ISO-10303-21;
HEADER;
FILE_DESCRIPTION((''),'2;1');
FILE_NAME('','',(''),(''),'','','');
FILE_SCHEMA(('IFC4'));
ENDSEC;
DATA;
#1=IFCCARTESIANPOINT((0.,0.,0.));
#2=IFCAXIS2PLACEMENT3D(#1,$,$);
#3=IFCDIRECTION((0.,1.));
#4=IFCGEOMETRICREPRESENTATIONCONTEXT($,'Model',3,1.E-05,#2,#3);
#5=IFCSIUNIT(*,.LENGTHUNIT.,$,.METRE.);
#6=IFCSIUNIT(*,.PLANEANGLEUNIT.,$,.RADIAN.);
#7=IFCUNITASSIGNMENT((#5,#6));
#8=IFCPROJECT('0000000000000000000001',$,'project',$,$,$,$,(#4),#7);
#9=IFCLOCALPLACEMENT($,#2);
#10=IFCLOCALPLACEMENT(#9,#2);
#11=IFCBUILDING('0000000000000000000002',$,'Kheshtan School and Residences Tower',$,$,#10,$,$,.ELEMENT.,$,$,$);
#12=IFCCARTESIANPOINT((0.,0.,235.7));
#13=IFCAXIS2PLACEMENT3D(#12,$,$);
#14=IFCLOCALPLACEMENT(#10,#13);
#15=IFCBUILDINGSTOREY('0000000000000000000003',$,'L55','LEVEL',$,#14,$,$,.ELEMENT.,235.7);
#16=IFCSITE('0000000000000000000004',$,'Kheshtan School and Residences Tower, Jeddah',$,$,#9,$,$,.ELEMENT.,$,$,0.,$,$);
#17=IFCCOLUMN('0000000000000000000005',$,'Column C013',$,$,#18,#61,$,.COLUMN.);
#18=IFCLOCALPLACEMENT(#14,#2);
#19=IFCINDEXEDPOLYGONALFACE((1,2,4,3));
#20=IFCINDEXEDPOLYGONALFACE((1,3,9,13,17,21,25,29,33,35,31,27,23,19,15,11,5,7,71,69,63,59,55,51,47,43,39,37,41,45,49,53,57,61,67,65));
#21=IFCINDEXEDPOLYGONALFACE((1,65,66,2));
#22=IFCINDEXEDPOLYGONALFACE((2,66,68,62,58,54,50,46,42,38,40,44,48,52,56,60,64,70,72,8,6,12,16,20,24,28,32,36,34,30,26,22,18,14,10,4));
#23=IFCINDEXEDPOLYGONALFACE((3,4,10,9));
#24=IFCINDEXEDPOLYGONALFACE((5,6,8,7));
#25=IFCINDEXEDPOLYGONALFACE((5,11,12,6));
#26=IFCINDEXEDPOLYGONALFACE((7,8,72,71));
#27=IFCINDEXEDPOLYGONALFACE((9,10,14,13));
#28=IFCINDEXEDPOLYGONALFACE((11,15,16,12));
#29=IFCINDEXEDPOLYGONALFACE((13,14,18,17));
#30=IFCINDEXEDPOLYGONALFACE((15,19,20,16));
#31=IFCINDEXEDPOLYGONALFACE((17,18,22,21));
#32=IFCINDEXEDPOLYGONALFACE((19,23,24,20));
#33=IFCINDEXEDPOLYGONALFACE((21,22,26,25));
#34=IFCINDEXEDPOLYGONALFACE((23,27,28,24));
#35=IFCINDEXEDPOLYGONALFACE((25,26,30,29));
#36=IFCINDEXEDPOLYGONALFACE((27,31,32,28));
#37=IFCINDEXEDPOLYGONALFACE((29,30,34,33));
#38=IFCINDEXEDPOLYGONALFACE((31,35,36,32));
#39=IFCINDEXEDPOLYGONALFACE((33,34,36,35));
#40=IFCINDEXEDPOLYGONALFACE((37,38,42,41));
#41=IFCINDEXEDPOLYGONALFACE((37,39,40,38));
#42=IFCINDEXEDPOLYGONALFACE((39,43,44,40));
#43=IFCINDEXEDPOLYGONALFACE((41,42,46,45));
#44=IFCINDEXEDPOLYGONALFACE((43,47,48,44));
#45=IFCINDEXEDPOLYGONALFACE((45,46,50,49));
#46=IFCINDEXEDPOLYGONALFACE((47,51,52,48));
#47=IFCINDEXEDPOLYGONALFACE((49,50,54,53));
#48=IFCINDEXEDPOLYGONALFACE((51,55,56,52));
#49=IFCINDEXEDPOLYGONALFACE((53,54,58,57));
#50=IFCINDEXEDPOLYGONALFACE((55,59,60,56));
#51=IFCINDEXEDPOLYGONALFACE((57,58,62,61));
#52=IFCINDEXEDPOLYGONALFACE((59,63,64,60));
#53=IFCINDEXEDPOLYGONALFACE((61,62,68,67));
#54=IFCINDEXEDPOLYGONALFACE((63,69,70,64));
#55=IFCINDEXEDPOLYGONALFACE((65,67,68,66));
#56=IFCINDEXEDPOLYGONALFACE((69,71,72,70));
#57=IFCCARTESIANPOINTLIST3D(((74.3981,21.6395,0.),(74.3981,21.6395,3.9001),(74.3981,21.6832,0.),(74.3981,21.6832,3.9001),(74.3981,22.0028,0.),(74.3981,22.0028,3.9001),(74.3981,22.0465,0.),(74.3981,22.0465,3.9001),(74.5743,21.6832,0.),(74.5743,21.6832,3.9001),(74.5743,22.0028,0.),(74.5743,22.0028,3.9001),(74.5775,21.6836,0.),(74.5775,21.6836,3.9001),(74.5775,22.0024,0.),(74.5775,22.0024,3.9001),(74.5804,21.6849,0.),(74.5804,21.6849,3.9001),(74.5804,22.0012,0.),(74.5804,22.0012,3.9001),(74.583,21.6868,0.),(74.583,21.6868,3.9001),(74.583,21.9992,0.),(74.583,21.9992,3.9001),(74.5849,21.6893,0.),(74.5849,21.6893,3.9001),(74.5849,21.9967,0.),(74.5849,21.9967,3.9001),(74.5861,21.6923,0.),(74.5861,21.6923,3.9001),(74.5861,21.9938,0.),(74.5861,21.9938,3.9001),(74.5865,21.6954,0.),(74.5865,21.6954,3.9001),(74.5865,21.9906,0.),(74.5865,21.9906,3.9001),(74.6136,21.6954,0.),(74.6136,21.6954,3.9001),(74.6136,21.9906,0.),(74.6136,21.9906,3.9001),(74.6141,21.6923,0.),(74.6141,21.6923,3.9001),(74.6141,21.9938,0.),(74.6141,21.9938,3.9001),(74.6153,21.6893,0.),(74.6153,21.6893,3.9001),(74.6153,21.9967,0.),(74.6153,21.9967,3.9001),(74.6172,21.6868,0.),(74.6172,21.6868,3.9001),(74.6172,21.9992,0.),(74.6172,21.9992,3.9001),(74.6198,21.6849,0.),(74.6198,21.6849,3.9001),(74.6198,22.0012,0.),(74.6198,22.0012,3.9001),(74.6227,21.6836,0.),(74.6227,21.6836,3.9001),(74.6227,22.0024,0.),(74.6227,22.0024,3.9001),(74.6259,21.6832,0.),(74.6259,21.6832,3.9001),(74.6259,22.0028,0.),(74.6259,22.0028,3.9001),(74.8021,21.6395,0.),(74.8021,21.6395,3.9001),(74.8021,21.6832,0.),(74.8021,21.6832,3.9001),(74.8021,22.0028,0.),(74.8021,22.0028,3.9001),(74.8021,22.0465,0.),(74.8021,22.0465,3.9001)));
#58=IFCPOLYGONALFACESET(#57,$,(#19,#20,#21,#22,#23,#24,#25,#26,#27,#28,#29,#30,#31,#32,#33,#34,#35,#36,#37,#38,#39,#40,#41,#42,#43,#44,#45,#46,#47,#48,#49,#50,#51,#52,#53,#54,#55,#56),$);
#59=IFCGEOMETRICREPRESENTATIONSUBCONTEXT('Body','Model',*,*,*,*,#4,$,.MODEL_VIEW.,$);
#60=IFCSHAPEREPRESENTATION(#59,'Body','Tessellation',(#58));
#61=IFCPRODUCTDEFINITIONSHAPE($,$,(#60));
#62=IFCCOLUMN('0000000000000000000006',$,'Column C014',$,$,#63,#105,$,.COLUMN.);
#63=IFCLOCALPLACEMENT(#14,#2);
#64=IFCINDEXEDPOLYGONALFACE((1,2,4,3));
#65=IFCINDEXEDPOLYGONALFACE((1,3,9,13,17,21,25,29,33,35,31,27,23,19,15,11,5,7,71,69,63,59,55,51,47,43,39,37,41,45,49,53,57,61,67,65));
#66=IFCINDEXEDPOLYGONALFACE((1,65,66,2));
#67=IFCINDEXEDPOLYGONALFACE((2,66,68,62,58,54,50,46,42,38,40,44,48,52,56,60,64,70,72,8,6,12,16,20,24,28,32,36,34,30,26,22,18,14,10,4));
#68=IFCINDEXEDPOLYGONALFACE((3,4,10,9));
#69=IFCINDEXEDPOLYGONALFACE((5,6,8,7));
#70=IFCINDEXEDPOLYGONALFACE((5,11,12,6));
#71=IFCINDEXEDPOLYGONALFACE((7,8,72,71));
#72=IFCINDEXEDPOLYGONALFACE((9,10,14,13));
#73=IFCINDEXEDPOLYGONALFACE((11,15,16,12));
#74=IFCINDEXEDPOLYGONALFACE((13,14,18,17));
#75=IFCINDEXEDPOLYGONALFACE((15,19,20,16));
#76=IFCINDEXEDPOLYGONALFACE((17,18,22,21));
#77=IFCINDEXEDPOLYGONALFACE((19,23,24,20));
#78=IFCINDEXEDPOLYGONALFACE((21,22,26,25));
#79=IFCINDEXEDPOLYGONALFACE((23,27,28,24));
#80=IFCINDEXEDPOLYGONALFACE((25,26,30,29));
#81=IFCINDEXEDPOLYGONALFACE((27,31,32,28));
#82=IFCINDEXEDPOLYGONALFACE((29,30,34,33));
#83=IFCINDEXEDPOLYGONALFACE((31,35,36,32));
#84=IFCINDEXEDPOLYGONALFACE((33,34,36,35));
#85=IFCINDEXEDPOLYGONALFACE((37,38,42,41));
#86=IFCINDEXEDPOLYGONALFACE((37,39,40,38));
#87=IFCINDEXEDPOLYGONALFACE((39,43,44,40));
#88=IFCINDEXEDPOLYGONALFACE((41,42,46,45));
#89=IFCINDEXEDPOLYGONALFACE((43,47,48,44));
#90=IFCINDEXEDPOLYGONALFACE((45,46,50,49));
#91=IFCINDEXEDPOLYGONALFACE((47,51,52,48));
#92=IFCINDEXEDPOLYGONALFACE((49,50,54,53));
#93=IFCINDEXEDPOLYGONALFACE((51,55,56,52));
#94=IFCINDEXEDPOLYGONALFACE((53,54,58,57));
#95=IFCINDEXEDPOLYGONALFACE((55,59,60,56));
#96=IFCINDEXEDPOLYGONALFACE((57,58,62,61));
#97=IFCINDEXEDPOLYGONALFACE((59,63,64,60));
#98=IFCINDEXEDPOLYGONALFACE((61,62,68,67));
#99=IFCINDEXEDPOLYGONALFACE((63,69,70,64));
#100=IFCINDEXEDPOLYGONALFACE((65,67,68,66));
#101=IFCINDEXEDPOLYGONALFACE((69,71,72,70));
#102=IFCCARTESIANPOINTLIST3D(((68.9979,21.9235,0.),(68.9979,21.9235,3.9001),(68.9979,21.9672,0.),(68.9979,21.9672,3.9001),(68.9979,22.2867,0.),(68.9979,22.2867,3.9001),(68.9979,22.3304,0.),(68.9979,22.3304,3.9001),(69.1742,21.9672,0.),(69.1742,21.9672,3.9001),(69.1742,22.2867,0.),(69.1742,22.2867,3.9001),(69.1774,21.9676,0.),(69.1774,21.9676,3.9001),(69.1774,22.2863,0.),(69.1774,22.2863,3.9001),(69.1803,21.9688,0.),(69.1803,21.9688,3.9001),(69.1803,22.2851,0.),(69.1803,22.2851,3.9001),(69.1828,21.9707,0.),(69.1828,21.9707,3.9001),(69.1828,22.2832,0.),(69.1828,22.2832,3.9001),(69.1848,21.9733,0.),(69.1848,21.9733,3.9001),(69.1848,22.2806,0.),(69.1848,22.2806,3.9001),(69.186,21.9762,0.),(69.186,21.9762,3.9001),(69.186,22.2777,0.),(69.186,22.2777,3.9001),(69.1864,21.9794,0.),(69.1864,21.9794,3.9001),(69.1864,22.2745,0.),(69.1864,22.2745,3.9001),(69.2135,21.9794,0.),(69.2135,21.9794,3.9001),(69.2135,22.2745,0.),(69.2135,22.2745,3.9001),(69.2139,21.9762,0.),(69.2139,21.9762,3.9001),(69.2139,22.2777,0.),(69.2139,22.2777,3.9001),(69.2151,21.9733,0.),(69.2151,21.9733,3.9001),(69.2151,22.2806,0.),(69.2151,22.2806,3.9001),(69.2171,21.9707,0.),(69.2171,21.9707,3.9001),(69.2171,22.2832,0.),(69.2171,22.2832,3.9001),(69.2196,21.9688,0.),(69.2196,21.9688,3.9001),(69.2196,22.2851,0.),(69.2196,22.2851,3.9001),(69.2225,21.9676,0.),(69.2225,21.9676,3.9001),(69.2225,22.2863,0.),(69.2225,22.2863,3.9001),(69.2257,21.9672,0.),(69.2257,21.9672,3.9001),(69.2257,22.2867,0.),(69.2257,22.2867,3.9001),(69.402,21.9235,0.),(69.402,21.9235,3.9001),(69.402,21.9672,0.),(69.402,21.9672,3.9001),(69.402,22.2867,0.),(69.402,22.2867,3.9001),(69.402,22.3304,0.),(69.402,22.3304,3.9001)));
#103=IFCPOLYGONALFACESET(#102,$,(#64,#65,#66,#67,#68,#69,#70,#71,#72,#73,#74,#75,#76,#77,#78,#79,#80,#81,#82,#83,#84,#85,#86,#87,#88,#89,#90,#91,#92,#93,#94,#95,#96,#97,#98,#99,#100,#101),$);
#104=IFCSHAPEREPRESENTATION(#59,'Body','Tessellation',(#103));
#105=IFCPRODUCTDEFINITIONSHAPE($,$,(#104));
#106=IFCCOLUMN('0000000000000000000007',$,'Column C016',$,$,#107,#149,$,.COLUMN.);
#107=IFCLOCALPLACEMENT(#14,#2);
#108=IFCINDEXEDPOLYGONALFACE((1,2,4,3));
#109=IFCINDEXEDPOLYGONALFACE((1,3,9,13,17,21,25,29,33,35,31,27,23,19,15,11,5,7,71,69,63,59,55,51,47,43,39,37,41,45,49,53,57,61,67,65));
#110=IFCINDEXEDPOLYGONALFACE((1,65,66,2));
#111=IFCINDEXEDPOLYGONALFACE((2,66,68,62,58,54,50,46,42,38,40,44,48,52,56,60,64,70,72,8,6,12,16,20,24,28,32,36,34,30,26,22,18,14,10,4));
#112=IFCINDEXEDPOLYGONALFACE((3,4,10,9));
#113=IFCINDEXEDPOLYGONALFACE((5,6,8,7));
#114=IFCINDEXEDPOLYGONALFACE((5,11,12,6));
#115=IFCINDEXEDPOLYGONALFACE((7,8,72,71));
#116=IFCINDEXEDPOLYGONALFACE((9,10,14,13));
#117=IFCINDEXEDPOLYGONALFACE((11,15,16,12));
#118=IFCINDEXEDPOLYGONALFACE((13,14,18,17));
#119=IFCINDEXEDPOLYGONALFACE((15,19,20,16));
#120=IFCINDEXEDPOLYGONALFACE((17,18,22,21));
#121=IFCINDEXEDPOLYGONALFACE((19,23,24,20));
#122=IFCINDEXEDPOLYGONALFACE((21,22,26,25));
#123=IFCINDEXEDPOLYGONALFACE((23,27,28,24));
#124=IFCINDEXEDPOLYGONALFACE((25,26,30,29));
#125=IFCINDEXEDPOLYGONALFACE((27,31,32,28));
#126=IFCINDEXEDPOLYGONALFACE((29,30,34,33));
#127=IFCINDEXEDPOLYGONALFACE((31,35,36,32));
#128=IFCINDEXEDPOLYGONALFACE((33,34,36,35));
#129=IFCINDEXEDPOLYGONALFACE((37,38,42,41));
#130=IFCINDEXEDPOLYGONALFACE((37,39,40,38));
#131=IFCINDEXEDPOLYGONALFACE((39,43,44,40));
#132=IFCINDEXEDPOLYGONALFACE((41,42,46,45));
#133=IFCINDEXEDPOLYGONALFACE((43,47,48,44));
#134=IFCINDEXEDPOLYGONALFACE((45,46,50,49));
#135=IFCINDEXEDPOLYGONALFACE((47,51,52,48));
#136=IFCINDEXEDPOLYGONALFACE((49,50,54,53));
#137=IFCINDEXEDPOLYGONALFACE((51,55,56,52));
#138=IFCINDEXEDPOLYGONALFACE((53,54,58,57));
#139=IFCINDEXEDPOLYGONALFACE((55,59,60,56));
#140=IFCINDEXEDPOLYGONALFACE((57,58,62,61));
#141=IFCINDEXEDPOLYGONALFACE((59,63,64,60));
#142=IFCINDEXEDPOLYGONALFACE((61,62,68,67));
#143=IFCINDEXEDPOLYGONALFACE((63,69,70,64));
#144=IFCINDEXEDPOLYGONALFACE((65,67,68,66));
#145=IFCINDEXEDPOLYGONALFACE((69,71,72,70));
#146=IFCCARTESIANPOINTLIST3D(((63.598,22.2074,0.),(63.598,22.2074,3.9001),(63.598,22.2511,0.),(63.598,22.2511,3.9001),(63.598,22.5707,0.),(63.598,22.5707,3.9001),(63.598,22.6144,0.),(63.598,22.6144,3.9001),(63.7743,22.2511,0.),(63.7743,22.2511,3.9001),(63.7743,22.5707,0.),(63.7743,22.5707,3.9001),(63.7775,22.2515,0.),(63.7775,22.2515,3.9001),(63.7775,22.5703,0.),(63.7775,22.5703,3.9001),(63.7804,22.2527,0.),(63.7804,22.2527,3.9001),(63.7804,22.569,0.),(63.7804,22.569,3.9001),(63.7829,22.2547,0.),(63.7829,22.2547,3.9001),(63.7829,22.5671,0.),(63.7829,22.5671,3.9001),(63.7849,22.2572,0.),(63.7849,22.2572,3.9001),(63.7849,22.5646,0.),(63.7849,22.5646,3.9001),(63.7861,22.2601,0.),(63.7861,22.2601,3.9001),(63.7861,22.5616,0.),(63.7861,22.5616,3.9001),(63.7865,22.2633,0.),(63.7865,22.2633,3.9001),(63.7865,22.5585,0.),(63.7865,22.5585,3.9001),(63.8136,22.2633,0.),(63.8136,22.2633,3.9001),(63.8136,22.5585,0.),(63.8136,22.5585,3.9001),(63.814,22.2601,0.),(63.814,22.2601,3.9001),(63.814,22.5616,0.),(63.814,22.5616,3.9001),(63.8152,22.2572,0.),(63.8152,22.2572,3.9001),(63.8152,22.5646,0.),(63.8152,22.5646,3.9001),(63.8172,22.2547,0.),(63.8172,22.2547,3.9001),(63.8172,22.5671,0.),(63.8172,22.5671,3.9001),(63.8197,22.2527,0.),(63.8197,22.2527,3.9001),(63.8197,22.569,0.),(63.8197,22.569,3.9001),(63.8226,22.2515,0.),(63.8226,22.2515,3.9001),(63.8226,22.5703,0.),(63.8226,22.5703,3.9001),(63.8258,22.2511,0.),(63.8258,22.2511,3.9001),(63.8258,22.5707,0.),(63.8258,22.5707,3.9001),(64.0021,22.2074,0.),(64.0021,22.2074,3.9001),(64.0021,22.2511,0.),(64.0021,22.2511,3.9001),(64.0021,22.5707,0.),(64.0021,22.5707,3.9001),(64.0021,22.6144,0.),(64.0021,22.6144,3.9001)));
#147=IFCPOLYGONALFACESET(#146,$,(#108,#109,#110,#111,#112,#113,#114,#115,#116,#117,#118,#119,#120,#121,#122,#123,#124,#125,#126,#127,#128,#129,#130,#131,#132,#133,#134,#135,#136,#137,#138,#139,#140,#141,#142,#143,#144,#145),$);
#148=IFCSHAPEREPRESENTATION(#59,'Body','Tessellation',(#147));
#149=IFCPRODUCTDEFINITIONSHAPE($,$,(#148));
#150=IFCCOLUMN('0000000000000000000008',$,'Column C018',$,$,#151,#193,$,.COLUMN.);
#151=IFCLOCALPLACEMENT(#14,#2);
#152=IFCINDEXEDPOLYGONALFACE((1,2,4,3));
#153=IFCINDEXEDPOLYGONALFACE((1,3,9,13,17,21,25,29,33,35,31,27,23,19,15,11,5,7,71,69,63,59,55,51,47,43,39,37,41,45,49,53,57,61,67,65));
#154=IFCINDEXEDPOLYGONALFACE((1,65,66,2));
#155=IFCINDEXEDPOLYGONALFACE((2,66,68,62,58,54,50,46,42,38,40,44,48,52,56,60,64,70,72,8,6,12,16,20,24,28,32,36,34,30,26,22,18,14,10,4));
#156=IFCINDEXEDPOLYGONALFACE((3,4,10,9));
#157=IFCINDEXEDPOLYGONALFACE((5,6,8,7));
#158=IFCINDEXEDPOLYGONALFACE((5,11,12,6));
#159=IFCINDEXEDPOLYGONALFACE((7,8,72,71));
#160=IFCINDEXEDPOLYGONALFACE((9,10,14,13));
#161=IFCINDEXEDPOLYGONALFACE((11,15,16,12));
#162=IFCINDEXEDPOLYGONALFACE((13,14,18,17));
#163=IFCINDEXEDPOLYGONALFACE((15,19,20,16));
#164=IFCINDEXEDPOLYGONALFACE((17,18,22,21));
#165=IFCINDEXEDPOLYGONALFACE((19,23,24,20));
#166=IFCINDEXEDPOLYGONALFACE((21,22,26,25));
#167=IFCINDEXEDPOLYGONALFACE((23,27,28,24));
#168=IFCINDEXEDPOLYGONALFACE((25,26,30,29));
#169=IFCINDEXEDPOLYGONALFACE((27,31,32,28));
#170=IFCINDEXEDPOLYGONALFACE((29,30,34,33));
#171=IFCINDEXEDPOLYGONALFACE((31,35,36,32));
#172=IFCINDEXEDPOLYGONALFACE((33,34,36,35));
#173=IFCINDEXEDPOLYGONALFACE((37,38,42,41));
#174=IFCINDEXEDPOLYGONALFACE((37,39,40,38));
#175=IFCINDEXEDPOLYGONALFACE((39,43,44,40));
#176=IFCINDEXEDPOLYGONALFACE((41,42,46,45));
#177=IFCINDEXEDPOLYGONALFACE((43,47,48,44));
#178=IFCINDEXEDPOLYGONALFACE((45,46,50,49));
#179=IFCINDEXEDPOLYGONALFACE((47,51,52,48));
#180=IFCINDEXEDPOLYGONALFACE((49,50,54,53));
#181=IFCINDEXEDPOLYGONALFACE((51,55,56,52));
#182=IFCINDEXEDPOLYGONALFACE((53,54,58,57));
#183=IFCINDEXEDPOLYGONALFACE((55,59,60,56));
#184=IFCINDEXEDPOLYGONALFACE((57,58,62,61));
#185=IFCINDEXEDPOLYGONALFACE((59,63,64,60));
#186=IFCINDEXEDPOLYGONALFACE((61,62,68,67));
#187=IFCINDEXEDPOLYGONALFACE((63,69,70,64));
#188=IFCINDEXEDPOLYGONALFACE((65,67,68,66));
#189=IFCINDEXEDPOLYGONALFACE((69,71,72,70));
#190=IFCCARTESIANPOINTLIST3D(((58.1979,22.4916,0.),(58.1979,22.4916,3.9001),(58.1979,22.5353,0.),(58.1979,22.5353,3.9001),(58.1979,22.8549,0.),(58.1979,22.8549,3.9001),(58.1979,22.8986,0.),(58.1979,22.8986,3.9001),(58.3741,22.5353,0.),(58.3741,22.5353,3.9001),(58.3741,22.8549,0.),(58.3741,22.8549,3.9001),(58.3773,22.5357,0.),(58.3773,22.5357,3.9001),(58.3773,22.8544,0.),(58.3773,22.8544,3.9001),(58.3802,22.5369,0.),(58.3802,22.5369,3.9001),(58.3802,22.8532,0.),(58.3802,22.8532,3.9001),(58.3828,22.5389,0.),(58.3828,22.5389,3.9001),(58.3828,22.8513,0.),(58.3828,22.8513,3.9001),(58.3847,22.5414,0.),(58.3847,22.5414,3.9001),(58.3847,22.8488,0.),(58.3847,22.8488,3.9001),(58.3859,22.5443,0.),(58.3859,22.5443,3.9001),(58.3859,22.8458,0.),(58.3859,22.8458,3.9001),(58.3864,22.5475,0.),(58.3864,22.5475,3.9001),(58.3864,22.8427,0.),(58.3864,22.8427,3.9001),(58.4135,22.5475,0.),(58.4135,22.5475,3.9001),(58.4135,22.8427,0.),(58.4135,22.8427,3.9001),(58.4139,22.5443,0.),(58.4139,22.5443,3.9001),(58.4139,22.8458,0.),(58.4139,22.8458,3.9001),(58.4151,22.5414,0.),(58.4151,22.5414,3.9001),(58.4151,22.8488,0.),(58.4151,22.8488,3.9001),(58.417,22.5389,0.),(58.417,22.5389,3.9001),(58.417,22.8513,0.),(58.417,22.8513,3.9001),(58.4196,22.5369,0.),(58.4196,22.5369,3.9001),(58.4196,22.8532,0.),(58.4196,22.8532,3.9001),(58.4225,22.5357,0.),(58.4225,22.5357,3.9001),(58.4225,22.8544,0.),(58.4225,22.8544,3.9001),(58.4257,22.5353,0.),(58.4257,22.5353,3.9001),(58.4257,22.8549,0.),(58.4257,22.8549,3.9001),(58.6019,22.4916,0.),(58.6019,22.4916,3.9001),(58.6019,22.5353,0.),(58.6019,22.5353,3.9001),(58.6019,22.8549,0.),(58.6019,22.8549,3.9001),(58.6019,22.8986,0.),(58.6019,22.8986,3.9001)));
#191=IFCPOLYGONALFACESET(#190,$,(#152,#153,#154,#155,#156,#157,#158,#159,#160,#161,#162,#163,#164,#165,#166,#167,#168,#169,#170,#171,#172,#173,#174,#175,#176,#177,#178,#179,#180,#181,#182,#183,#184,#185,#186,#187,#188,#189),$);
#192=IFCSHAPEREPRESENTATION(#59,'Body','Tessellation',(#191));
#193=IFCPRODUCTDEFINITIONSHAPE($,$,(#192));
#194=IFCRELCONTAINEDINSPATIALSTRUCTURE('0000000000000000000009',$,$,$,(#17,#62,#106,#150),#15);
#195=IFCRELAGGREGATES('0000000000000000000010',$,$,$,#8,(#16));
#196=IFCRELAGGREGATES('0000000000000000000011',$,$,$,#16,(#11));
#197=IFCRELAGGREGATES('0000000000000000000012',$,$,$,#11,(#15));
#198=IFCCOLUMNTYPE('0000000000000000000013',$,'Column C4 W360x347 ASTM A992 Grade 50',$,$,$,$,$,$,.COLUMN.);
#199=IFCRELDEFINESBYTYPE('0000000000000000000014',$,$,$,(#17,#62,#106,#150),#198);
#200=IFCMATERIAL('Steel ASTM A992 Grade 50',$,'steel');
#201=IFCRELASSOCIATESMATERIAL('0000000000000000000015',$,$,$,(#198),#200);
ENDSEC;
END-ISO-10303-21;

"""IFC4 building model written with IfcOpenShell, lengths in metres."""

from ifc_helpers import new_model, si_unit, direction, frame, origin, origin_2d, place, context, subcontext, project, spatial, i_section, extrude, material, material_profile, profile_set, type_object, element, save


model = new_model("IFC4")

# Units and contexts
model_context = context("Model", 3, precision=1e-05, world=origin(), true_north=direction((0.0, 1.0)))
body_context = subcontext(model_context, "Body", "Model", "MODEL_VIEW")
ifc_project = project(units=[si_unit("LENGTHUNIT", "METRE"), si_unit("PLANEANGLEUNIT", "RADIAN")], contexts=[model_context])

# Site, building, storey
site_placement = place(None, origin())
site = spatial("IfcSite", under=ifc_project, at=site_placement, Name="Kheshtan School and Residences Tower, Jeddah", CompositionType="ELEMENT", RefElevation=0.0)
building_placement = place(site_placement, origin())
building = spatial("IfcBuilding", under=site, at=building_placement, Name="Kheshtan School and Residences Tower", CompositionType="ELEMENT")
storey_placement = place(building_placement, frame((0.0, 0.0, 235.7)))
storey = spatial("IfcBuildingStorey", under=building, at=storey_placement, Name="L55", Description="LEVEL", CompositionType="ELEMENT", Elevation=235.7)

# Columns
ifc_material_1 = material(Name="Steel ASTM A992 Grade 50", Category="steel")
ifc_material_profile_1 = material_profile(ifc_material_1, i_section(OverallWidth=0.4041, OverallDepth=0.407, WebThickness=0.0271, FlangeThickness=0.0437, FilletRadius=0.0122, at=origin_2d()), Name="W360x347")
ifc_profile_set_1 = profile_set([ifc_material_profile_1], Name="Steel ASTM A992 Grade 50")
column_type = type_object("IfcColumnType", Name="Column C4 W360x347 ASTM A992 Grade 50", PredefinedType="COLUMN", material=ifc_profile_set_1)
for number, where, z_axis, x_axis, name in (
    (1, (74.6001, 21.843, 0.0), (0.0, 0.0, 1.0), (1.0, 0.0, 0.0), "Column C013"),
    (2, (69.2, 22.127, 0.0), (0.0, 0.0, 1.0), (1.0, 0.0, 0.0), "Column C014"),
    (3, (63.8, 22.4109, 0.0), (0.0, 0.0, 1.0), (1.0, 0.0, 0.0), "Column C016"),
    (4, (58.3999, 22.6951, 0.0), (0.0, 0.0, 1.0), (1.0, 0.0, 0.0), "Column C018"),
):
    element("IfcColumn", number, at=place(storey_placement, frame(where, z_axis=z_axis, x_axis=x_axis)), inside=storey, type_object=column_type, Name=name, PredefinedType="COLUMN", context=body_context, shape_type="SweptSolid", body=[
        extrude(i_section(OverallWidth=0.4041, OverallDepth=0.407, WebThickness=0.0271, FlangeThickness=0.0437, FilletRadius=0.0122, at=origin_2d()), origin(), (0.0, 0.0, 1.0), 3.9001),
    ])

save(model, "model.ifc")
